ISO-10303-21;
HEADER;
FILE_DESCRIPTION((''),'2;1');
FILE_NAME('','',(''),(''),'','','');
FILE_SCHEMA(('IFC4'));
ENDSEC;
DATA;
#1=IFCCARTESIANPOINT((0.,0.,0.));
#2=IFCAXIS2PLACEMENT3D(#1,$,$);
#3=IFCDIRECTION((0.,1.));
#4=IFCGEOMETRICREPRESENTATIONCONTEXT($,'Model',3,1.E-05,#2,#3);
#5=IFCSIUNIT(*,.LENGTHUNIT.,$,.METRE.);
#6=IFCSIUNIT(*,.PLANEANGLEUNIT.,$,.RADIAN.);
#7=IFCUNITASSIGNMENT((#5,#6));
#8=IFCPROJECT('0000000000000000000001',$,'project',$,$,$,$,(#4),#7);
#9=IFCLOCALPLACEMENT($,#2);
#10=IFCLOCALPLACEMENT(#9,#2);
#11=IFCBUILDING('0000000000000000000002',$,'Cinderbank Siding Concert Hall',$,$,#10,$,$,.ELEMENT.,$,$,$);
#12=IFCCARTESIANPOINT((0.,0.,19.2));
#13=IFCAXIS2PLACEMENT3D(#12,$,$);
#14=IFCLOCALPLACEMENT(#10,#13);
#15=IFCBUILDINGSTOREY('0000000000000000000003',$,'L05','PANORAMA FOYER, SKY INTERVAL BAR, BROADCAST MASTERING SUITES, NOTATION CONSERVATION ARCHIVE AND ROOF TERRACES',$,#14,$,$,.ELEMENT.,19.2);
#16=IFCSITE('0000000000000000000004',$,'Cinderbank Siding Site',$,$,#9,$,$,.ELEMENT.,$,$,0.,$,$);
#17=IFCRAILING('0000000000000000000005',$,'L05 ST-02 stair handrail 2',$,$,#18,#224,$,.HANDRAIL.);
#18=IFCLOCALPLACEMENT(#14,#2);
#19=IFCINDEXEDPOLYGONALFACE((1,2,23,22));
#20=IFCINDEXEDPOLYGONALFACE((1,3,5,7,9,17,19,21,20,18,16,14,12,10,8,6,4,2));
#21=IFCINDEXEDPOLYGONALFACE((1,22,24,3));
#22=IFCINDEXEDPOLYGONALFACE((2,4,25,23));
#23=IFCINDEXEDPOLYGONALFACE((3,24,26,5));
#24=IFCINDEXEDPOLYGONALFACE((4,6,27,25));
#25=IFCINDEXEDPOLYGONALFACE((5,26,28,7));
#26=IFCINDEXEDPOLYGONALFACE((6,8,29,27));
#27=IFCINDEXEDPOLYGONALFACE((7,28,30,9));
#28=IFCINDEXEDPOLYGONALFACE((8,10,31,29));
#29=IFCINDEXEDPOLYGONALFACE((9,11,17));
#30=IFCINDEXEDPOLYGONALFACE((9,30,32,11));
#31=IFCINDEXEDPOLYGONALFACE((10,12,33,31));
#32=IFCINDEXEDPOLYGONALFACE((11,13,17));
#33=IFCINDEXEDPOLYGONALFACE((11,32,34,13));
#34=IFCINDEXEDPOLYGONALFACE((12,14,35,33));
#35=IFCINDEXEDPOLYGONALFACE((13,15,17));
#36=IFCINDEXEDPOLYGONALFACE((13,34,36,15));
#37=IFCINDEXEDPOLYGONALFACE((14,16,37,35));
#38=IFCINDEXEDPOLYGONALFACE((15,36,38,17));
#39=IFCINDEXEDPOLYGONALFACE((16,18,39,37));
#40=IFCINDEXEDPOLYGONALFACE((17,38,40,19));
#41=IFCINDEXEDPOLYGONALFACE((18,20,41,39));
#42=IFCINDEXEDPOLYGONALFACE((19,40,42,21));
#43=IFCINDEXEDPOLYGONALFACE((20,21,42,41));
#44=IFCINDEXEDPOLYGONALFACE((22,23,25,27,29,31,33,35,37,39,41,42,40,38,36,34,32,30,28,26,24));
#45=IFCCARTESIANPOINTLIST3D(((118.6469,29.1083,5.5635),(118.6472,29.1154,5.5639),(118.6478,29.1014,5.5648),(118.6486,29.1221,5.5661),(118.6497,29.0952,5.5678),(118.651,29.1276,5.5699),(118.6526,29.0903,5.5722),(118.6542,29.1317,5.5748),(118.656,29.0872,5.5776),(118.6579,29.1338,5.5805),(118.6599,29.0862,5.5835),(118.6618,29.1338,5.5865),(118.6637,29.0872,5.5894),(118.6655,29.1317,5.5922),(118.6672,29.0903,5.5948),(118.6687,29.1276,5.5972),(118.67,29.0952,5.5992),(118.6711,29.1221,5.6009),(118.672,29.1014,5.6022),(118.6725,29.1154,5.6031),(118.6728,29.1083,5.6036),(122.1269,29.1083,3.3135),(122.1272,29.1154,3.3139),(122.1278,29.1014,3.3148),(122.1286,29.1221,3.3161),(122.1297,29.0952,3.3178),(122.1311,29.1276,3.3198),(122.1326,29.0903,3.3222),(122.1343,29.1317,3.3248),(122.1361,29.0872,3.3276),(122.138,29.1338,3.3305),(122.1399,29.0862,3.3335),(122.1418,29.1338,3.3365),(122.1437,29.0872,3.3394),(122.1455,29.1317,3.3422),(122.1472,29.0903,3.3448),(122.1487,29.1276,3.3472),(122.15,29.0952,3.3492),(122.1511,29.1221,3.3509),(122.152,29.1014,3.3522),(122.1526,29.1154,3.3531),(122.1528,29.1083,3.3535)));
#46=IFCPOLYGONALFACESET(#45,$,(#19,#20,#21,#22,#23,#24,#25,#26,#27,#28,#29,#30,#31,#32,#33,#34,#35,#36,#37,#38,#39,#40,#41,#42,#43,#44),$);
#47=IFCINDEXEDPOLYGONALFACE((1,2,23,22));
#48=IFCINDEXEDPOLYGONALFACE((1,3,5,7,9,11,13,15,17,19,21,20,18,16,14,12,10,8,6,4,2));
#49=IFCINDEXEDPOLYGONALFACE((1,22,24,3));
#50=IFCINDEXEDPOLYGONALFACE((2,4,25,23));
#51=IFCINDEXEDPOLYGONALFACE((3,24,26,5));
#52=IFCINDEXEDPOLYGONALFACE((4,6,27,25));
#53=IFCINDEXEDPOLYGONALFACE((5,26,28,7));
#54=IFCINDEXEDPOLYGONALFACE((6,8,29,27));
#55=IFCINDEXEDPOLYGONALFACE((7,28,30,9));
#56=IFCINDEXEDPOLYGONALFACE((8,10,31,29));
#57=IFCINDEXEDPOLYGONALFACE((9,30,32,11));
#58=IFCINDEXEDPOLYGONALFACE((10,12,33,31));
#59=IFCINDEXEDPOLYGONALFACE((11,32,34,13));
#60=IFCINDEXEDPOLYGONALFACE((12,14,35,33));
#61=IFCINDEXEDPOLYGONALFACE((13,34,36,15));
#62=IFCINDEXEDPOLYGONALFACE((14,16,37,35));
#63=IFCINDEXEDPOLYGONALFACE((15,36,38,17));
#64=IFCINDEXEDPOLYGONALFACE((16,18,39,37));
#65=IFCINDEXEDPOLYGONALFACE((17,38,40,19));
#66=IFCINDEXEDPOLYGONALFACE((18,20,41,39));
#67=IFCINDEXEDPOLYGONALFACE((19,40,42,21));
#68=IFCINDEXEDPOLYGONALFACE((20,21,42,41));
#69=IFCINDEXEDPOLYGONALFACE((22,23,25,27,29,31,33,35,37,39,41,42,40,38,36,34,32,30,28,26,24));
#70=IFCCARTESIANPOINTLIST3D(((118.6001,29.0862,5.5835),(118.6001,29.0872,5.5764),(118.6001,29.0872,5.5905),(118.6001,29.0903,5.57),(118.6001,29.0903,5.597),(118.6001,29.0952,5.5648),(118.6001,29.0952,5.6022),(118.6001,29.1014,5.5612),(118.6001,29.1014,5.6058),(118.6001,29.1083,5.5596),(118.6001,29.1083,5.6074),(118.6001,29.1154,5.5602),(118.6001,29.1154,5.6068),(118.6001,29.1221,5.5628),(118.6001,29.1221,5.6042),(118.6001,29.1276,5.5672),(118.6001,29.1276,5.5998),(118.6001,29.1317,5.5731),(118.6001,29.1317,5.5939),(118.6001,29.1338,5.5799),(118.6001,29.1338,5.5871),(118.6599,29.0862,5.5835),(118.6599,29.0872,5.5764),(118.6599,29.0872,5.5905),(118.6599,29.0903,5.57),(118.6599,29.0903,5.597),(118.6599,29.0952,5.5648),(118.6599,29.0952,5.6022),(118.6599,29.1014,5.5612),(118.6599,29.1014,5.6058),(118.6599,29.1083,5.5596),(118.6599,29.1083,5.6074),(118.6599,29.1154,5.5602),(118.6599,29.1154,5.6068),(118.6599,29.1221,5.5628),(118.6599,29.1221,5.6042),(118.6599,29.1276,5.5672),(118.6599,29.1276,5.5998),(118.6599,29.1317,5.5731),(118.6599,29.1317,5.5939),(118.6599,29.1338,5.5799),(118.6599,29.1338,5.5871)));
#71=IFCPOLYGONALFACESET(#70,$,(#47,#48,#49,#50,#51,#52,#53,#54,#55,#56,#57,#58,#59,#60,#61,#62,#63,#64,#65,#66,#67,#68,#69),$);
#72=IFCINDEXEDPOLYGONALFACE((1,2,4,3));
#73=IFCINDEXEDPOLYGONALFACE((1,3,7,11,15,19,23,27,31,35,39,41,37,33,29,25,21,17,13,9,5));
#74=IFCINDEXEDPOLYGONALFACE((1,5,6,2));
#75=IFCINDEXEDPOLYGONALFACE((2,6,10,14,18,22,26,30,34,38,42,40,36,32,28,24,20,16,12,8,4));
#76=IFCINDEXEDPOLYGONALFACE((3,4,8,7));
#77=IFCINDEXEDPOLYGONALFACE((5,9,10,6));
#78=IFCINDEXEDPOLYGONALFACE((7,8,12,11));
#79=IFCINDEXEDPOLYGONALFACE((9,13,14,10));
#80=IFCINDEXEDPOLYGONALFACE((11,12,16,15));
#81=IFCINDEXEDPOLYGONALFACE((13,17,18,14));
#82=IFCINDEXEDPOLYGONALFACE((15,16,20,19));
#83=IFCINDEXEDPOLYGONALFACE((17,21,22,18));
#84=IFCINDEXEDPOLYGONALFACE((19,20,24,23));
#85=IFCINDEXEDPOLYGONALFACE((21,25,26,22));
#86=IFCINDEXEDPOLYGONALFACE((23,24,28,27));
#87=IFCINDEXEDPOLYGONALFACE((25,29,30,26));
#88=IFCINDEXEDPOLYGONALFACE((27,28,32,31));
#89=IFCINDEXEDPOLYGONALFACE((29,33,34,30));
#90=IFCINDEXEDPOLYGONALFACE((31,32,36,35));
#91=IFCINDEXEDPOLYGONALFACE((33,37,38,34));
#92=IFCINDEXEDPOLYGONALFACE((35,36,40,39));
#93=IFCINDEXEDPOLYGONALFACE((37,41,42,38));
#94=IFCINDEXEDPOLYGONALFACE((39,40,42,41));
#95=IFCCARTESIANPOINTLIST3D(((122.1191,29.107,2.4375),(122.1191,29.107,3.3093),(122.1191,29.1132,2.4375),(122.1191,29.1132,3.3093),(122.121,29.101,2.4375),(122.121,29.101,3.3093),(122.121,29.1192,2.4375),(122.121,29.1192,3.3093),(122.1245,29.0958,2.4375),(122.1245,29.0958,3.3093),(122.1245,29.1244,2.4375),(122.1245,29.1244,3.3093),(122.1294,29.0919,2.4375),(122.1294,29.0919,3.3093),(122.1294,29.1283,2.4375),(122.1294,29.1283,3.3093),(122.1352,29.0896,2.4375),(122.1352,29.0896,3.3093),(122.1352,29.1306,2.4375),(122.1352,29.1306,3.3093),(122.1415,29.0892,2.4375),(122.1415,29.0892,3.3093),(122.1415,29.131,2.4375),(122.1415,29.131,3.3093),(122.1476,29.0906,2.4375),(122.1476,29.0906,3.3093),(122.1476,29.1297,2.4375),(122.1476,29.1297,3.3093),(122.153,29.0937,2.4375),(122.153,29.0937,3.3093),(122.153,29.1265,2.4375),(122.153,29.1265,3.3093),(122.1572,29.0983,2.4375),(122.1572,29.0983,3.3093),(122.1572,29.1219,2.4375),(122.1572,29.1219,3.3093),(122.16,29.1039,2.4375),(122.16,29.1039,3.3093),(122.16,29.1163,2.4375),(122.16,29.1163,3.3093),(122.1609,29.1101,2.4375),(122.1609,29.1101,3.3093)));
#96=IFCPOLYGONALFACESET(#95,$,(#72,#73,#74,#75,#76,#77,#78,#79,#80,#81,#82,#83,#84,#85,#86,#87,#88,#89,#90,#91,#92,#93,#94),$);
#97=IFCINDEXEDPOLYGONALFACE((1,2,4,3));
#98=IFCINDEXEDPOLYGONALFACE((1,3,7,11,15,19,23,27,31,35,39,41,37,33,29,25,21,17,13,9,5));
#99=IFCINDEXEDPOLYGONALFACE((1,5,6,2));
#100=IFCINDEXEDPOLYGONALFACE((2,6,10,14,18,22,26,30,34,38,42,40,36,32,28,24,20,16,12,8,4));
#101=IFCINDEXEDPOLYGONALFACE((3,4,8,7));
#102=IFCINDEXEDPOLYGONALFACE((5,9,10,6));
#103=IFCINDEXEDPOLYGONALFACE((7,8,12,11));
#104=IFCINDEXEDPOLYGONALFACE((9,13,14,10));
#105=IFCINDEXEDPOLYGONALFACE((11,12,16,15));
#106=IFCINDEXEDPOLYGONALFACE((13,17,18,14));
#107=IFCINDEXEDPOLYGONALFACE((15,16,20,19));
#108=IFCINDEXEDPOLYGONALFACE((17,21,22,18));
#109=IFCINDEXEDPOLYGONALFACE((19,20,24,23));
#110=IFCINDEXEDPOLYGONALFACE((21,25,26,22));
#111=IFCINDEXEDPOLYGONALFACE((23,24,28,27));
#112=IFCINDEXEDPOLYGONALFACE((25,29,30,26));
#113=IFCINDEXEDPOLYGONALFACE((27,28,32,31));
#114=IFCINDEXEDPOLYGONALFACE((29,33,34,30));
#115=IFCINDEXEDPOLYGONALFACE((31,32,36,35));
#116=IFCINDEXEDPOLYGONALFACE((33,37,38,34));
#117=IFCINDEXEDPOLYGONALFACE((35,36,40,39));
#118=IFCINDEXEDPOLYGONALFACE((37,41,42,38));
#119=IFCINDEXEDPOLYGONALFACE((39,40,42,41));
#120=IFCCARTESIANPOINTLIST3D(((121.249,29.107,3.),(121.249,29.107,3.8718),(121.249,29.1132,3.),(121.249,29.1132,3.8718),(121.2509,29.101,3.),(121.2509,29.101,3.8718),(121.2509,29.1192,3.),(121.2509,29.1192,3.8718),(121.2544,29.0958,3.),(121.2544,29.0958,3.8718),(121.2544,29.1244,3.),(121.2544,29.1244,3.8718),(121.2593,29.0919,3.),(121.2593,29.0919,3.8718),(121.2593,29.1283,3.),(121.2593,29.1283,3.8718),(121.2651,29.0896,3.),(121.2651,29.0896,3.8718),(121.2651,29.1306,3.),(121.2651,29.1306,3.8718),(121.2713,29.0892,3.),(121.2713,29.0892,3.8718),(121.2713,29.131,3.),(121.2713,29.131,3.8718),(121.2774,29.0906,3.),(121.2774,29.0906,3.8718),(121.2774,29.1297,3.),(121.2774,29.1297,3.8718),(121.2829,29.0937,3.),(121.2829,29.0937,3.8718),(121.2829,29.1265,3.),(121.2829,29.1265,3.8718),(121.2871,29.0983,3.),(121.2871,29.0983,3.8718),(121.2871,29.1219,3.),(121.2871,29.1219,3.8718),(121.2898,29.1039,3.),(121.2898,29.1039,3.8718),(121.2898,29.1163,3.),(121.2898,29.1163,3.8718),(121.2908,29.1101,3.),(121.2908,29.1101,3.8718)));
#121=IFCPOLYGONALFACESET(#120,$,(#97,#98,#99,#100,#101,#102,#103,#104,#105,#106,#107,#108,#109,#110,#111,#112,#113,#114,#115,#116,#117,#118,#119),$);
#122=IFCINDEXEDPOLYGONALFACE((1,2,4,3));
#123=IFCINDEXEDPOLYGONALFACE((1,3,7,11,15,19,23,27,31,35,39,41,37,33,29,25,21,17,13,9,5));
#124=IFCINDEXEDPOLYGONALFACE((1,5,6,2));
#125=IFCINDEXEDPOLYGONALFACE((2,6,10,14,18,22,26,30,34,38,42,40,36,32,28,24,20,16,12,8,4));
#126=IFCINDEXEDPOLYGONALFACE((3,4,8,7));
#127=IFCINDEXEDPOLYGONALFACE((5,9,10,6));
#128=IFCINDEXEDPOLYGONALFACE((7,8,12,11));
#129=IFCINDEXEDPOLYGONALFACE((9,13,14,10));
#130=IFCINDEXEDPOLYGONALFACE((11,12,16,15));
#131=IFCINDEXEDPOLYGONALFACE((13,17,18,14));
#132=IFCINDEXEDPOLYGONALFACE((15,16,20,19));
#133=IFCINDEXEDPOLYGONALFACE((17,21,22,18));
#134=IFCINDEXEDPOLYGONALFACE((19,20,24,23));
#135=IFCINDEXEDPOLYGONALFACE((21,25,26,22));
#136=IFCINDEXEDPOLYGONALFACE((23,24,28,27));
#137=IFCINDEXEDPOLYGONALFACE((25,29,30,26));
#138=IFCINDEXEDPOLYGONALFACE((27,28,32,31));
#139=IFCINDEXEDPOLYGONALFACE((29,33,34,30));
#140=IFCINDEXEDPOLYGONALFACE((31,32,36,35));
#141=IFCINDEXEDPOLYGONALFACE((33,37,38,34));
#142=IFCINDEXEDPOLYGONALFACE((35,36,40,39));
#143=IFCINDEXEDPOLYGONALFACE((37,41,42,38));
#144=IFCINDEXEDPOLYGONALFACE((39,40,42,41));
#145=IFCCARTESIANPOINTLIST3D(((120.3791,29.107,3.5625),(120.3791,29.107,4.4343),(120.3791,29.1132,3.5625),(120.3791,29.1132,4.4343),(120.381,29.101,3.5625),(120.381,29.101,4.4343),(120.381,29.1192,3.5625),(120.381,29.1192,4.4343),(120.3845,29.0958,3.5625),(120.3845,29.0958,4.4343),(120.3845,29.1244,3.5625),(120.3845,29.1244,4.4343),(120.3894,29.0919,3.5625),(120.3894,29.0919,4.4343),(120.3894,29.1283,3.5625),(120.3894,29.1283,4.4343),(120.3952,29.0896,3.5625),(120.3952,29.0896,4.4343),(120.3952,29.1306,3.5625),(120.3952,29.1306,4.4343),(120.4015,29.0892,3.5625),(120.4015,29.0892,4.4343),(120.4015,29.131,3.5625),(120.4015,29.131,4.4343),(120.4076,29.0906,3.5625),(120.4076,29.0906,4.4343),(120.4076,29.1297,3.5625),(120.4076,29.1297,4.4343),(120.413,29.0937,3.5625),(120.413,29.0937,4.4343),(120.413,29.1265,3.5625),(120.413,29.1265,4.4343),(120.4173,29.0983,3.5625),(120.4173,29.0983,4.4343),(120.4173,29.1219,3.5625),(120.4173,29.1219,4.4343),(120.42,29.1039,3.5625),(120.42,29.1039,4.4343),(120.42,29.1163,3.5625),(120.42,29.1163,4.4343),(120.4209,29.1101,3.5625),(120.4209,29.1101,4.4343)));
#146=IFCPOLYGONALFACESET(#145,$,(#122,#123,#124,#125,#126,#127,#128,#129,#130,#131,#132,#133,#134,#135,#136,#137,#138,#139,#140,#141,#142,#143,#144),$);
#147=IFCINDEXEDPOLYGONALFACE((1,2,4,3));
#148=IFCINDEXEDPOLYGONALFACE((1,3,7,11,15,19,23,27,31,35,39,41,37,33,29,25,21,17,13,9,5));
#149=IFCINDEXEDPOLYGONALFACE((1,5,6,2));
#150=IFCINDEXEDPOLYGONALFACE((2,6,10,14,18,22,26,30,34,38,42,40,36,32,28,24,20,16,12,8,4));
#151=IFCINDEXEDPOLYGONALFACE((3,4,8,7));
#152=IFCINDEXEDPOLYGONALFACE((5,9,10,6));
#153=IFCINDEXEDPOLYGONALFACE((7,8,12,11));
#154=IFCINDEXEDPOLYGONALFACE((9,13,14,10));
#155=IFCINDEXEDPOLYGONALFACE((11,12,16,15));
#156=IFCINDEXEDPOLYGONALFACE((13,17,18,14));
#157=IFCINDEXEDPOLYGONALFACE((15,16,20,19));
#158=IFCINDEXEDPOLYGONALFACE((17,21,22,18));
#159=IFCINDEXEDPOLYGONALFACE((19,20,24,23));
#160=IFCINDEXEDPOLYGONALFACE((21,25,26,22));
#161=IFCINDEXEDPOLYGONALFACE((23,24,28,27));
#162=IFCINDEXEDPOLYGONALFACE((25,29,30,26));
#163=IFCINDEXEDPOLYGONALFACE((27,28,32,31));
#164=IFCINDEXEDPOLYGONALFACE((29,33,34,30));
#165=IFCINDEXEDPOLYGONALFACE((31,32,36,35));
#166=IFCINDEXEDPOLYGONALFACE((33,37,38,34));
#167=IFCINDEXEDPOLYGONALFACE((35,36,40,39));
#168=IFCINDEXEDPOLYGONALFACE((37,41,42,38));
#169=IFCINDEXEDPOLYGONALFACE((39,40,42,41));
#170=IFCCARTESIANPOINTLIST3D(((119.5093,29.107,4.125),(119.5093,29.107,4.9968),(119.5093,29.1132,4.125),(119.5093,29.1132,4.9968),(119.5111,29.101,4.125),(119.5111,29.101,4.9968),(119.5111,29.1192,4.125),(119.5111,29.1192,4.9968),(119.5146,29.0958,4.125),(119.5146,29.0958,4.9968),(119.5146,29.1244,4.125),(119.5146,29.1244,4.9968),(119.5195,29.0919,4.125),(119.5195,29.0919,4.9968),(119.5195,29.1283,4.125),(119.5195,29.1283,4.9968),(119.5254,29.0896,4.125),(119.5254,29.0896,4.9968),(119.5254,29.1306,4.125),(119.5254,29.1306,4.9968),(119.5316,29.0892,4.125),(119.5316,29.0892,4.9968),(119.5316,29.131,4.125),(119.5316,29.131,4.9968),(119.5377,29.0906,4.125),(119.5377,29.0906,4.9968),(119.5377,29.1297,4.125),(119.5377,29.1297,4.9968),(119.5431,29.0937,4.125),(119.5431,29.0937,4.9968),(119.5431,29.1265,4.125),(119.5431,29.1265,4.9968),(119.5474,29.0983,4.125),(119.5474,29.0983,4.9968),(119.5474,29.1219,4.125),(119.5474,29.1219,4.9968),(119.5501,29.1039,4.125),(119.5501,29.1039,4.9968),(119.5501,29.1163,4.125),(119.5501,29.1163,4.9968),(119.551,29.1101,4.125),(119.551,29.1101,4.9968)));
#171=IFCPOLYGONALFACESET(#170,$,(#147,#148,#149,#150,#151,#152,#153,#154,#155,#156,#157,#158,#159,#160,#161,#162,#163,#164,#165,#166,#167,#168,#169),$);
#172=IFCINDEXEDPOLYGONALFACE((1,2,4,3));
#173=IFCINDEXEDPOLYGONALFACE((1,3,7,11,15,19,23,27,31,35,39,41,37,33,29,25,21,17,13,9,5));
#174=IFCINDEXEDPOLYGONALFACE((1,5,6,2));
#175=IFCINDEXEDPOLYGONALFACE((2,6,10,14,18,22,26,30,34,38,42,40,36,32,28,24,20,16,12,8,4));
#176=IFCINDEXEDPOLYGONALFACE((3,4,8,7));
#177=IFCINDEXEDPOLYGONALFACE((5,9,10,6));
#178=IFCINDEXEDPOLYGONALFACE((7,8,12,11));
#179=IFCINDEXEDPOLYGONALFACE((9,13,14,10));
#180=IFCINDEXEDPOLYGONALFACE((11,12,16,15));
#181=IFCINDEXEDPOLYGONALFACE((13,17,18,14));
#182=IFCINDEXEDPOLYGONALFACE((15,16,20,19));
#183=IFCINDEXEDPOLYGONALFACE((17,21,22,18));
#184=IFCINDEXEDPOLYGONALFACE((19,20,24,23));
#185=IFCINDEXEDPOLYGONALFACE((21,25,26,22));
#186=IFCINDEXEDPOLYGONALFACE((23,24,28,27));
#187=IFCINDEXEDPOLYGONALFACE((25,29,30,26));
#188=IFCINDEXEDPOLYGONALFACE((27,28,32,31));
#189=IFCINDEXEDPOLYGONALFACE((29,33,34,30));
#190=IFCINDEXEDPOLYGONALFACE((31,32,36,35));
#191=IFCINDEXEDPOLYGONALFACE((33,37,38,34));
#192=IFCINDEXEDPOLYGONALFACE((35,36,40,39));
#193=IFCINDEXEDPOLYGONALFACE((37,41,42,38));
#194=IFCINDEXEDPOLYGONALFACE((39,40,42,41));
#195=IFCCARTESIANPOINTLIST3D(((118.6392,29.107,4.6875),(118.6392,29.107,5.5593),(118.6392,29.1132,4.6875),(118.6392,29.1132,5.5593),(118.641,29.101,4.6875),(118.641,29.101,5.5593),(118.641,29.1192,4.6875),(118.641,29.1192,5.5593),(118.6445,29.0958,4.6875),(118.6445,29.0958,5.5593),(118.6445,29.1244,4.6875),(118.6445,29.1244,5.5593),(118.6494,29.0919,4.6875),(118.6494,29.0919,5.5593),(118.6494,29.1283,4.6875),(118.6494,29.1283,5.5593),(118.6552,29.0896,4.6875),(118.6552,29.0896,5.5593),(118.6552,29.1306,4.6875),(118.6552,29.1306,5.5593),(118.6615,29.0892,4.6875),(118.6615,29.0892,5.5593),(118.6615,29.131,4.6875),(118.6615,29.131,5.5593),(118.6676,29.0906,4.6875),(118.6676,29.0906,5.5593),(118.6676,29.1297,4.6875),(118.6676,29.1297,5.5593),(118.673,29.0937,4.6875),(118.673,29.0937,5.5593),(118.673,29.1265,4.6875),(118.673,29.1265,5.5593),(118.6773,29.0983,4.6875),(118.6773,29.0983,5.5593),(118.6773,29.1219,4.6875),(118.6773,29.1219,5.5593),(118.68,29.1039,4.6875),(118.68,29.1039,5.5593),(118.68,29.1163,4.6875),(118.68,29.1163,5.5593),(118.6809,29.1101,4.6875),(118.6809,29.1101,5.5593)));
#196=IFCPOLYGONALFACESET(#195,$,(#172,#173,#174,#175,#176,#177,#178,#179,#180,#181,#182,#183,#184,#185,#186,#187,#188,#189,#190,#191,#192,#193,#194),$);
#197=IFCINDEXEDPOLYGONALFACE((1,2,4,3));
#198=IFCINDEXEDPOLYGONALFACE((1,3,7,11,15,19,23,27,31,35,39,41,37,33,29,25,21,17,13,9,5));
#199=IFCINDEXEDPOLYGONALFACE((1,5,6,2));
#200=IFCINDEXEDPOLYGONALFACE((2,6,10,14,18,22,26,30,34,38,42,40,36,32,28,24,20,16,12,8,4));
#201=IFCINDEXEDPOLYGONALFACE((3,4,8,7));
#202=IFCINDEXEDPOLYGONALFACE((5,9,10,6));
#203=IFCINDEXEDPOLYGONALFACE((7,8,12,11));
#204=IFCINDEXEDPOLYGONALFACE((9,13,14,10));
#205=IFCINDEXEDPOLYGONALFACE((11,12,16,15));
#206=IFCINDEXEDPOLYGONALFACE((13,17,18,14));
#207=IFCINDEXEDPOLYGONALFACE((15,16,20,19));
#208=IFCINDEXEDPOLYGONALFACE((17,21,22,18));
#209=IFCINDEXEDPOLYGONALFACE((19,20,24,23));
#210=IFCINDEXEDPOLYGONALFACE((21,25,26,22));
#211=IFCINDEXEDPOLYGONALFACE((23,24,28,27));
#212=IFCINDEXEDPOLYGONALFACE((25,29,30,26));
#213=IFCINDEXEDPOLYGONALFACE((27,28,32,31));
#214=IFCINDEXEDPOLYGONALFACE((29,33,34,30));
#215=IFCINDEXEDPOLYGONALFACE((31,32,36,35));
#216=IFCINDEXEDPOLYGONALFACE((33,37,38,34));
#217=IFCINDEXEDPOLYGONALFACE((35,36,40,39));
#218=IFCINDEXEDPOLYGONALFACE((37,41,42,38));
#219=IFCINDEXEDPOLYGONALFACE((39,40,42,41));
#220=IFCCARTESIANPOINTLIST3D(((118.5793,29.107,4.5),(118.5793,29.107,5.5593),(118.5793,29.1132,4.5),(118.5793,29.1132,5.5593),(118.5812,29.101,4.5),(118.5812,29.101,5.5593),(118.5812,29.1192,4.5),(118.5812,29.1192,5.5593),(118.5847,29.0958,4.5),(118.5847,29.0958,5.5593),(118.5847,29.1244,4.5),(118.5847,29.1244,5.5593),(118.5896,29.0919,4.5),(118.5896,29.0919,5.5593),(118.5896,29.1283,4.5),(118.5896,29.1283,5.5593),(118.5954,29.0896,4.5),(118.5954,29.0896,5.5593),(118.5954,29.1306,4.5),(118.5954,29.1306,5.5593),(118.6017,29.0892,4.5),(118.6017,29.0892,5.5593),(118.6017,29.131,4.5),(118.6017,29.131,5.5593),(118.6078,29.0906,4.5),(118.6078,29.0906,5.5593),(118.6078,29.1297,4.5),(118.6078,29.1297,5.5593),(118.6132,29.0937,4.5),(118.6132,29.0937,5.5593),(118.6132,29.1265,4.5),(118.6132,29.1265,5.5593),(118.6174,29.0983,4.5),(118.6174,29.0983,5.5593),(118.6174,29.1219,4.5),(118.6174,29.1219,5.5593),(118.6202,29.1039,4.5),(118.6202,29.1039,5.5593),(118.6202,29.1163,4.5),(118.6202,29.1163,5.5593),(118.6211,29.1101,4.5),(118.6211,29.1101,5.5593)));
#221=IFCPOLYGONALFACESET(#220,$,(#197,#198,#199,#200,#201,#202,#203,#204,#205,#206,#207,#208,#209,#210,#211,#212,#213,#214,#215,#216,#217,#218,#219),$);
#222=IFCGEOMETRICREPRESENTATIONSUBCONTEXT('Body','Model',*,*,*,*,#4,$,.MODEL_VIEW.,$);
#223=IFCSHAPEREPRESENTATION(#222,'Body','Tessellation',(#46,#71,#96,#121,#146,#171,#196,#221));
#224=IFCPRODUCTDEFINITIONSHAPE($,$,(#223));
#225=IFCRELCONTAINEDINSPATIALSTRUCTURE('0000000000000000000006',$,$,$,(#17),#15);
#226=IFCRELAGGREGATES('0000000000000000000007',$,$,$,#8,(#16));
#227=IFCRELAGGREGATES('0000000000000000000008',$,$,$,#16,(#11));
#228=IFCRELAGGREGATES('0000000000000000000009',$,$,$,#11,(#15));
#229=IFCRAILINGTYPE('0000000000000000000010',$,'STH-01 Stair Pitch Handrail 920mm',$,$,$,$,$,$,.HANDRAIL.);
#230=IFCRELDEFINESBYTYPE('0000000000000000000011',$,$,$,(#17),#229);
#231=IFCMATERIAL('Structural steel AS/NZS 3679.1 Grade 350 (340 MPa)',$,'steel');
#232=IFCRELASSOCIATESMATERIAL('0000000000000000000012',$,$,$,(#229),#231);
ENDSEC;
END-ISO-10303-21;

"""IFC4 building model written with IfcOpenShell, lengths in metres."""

from ifc_helpers import new_model, si_unit, direction, frame, origin, origin_2d, place, context, subcontext, project, spatial, circle, extrude, material, type_object, element, save


model = new_model("IFC4")

# Units and contexts
model_context = context("Model", 3, precision=1e-05, world=origin(), true_north=direction((0.0, 1.0)))
body_context = subcontext(model_context, "Body", "Model", "MODEL_VIEW")
ifc_project = project(units=[si_unit("LENGTHUNIT", "METRE"), si_unit("PLANEANGLEUNIT", "RADIAN")], contexts=[model_context])

# Site, building, storey
site_placement = place(None, origin())
site = spatial("IfcSite", under=ifc_project, at=site_placement, Name="Cinderbank Siding Site", CompositionType="ELEMENT", RefElevation=0.0)
building_placement = place(site_placement, origin())
building = spatial("IfcBuilding", under=site, at=building_placement, Name="Cinderbank Siding Concert Hall", CompositionType="ELEMENT")
storey_placement = place(building_placement, frame((0.0, 0.0, 19.2)))
storey = spatial("IfcBuildingStorey", under=building, at=storey_placement, Name="L05", Description="PANORAMA FOYER, SKY INTERVAL BAR, BROADCAST MASTERING SUITES, NOTATION CONSERVATION ARCHIVE AND ROOF TERRACES", CompositionType="ELEMENT", Elevation=19.2)

# Railing
ifc_material_1 = material(Name="Structural steel AS/NZS 3679.1 Grade 350 (340 MPa)", Category="steel")
railing_type_1 = type_object("IfcRailingType", Name="STH-01 Stair Pitch Handrail 920mm", PredefinedType="HANDRAIL", material=ifc_material_1)
railing_1_placement = place(storey_placement, frame((122.1399, 29.1101, 2.4375)))
element("IfcRailing", 1, at=railing_1_placement, inside=storey, type_object=railing_type_1, Name="L05 ST-02 stair handrail 2", PredefinedType="HANDRAIL", context=body_context, shape_type="SweptSolid", body=[
    extrude(circle(Radius=0.0239, at=origin_2d()), frame((0.0, 0.0, 0.896), z_axis=(-0.839763, 0.0, 0.542953), x_axis=(0.0, -1.0, 0.0)), (0.0, 0.0, 1.0), 4.144),
    extrude(circle(Radius=0.0239, at=origin_2d()), frame((-3.48, 0.0, 3.146), z_axis=(-1.0, 0.0, 0.0), x_axis=(0.0, -1.0, 0.0)), (0.0, 0.0, 1.0), 0.0598),
    extrude(circle(Radius=0.021, at=origin_2d()), origin(), (0.0, 0.0, 1.0), 0.8718),
    extrude(circle(Radius=0.021, at=origin_2d()), frame((-0.8701, 0.0, 0.5625)), (0.0, 0.0, 1.0), 0.8718),
    extrude(circle(Radius=0.021, at=origin_2d()), frame((-1.74, 0.0, 1.125)), (0.0, 0.0, 1.0), 0.8718),
    extrude(circle(Radius=0.021, at=origin_2d()), frame((-2.6099, 0.0, 1.6875)), (0.0, 0.0, 1.0), 0.8718),
    extrude(circle(Radius=0.021, at=origin_2d()), frame((-3.48, 0.0, 2.25)), (0.0, 0.0, 1.0), 0.8718),
    extrude(circle(Radius=0.021, at=origin_2d()), frame((-3.5398, 0.0, 2.0625)), (0.0, 0.0, 1.0), 1.0593),
])

save(model, "model.ifc")
